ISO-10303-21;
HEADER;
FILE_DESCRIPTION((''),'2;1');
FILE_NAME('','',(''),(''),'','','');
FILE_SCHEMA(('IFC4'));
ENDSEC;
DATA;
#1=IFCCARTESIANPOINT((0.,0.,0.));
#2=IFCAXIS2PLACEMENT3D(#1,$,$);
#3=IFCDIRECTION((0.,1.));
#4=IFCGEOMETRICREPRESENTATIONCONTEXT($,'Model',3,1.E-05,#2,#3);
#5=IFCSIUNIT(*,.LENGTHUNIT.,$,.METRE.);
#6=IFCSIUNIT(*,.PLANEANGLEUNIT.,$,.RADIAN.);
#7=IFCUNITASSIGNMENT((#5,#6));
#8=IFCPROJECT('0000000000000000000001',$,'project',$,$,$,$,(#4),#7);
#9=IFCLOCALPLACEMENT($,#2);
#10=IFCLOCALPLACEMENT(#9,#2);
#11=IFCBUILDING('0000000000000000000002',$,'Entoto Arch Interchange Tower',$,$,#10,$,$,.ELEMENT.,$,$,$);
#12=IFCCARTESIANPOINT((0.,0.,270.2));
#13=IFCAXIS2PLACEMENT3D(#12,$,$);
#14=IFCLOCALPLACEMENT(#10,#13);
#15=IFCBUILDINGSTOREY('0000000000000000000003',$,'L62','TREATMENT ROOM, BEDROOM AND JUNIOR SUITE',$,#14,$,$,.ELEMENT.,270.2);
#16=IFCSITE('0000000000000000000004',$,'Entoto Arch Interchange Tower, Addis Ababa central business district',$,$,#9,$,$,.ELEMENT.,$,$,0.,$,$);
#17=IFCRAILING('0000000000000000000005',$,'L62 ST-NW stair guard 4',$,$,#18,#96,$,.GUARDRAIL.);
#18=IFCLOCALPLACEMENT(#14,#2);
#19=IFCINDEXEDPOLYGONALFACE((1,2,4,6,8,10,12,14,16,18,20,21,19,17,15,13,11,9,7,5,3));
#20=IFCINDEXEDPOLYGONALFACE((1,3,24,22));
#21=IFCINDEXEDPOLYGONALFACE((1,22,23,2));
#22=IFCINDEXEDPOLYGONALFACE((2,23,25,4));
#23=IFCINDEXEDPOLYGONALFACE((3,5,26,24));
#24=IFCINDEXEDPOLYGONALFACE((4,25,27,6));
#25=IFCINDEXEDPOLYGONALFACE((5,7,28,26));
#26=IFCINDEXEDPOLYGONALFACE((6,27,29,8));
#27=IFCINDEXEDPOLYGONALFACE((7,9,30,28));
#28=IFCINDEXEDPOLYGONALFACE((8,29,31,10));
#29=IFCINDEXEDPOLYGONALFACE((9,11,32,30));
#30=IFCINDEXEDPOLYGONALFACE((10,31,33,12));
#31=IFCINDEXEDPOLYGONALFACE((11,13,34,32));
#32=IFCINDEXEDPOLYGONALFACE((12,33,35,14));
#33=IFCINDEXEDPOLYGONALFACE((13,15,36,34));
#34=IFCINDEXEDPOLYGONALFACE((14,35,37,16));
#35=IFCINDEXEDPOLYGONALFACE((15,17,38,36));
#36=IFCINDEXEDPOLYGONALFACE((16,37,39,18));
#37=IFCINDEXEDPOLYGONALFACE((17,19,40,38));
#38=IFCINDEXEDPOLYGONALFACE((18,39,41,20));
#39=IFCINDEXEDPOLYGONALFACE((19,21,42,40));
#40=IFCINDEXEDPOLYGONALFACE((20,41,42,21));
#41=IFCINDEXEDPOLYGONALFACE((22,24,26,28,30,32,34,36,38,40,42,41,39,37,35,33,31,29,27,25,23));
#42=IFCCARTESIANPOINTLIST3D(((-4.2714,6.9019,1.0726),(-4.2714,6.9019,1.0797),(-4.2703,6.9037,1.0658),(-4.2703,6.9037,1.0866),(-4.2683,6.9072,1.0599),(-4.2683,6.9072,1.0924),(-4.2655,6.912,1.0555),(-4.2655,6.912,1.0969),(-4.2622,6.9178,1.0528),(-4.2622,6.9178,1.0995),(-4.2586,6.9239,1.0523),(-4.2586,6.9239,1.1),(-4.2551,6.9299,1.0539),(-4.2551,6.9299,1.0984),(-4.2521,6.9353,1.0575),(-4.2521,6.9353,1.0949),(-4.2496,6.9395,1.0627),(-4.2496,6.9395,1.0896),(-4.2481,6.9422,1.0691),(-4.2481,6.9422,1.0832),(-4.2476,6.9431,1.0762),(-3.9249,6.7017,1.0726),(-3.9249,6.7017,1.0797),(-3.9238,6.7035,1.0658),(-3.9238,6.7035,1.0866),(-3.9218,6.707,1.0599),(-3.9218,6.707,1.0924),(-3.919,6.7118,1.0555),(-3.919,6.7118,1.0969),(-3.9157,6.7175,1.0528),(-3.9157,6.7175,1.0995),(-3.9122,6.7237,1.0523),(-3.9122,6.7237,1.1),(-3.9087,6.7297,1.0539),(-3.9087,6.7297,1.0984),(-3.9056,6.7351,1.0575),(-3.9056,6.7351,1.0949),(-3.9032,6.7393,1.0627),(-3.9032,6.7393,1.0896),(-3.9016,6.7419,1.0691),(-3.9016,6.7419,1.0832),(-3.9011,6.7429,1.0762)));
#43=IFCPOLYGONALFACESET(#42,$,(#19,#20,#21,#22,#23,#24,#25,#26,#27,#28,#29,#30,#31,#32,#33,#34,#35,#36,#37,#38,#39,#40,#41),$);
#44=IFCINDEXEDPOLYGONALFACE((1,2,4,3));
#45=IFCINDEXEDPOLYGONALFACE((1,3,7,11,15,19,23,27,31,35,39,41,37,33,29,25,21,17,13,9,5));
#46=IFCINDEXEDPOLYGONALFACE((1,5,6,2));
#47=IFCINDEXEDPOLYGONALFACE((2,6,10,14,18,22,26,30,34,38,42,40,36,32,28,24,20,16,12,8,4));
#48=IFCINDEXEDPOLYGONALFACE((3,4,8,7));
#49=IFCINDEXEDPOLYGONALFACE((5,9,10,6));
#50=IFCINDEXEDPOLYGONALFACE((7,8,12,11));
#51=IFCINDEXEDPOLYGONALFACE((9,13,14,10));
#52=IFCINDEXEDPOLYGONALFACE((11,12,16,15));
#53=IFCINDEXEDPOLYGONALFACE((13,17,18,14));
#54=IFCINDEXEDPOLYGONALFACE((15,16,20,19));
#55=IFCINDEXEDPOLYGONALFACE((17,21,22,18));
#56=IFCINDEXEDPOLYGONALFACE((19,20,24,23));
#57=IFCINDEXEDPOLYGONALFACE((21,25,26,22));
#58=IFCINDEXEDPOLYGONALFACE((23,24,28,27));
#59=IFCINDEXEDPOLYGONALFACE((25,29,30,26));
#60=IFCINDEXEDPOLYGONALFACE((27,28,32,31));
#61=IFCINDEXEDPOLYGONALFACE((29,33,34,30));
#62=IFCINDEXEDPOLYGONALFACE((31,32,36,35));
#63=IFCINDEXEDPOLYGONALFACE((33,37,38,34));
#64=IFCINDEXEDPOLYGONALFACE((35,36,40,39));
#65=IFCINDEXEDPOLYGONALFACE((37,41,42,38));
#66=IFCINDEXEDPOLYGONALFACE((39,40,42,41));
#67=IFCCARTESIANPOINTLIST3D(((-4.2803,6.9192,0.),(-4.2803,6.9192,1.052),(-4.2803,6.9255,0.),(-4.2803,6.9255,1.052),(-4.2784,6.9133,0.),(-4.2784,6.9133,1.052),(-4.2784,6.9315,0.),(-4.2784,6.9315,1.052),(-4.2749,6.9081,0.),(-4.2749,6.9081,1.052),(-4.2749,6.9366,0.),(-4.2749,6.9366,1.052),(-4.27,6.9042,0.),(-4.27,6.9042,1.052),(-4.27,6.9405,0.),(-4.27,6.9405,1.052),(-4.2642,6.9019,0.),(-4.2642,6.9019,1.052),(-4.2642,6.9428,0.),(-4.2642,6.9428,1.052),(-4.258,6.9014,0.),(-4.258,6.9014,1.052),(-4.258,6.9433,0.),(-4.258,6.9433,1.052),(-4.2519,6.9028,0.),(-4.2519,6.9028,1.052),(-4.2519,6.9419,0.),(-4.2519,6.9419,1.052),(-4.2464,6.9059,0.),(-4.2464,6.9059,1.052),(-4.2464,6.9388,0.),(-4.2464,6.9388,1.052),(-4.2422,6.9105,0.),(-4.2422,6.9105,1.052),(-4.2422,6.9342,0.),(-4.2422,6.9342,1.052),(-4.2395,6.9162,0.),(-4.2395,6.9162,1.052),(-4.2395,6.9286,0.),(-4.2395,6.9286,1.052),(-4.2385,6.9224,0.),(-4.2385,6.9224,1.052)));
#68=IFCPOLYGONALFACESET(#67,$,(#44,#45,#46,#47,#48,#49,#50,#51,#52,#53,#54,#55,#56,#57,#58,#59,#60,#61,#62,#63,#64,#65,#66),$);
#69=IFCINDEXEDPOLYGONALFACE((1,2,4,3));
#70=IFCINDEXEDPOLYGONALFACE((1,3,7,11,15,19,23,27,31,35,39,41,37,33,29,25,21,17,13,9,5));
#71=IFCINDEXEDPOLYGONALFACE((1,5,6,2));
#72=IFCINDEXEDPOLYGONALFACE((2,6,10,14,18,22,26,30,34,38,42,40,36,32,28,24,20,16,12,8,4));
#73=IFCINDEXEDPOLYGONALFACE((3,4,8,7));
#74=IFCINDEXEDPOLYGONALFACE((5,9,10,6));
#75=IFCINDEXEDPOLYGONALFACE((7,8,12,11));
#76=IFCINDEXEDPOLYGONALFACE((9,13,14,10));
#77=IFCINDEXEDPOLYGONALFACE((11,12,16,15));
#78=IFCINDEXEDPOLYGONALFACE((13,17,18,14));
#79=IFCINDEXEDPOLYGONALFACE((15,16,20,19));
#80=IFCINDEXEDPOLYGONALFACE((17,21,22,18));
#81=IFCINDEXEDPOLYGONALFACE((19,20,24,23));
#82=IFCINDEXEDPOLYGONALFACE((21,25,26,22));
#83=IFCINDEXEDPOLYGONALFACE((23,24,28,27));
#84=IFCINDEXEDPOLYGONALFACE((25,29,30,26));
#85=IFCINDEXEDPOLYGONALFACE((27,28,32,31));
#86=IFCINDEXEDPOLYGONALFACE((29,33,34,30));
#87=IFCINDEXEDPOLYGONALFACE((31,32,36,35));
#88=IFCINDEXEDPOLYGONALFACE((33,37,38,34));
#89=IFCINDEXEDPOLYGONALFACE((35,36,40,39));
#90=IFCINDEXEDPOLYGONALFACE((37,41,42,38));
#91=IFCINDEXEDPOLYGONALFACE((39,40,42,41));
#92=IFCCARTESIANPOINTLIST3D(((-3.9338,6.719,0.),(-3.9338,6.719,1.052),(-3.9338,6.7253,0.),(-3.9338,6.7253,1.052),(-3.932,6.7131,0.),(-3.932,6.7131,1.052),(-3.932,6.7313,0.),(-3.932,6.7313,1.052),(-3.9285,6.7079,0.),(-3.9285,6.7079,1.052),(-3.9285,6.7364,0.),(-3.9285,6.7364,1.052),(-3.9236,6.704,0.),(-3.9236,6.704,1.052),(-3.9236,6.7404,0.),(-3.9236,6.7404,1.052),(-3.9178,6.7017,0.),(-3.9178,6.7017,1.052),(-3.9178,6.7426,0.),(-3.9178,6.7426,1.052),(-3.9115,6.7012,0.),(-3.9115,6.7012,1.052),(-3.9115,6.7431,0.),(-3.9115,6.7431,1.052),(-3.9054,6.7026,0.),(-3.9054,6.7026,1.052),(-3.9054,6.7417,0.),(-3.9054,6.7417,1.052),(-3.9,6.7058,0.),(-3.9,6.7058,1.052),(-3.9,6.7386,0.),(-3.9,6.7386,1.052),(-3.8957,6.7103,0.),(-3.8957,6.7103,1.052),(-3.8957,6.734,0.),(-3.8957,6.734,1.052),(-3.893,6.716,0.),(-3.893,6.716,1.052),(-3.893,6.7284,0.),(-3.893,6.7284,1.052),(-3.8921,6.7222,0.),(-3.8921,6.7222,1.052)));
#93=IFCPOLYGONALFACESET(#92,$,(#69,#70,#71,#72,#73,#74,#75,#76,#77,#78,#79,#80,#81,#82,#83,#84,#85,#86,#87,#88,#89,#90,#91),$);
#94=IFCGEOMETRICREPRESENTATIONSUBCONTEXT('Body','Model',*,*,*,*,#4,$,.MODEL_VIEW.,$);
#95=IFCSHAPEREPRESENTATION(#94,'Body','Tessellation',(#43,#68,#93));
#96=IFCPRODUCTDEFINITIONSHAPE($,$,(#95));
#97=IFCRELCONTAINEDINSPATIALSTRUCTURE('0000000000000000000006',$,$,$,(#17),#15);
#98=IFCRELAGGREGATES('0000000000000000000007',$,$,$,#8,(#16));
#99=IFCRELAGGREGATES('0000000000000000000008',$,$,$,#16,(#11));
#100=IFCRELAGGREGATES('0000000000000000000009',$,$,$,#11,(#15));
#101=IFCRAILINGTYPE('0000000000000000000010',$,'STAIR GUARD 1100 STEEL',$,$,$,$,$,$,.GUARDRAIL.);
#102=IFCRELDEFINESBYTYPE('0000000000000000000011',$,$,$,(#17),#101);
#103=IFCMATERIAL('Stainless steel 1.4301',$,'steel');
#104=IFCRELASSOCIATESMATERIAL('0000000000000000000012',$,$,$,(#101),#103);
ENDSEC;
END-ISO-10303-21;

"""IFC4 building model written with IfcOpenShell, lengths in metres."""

from ifc_helpers import new_model, si_unit, direction, frame, origin, origin_2d, place, context, subcontext, project, spatial, circle, extrude, material, type_object, element, save


model = new_model("IFC4")

# Units and contexts
model_context = context("Model", 3, precision=1e-05, world=origin(), true_north=direction((0.0, 1.0)))
body_context = subcontext(model_context, "Body", "Model", "MODEL_VIEW")
ifc_project = project(units=[si_unit("LENGTHUNIT", "METRE"), si_unit("PLANEANGLEUNIT", "RADIAN")], contexts=[model_context])

# Site, building, storey
site_placement = place(None, origin())
site = spatial("IfcSite", under=ifc_project, at=site_placement, Name="Entoto Arch Interchange Tower, Addis Ababa central business district", CompositionType="ELEMENT", RefElevation=0.0)
building_placement = place(site_placement, origin())
building = spatial("IfcBuilding", under=site, at=building_placement, Name="Entoto Arch Interchange Tower", CompositionType="ELEMENT")
storey_placement = place(building_placement, frame((0.0, 0.0, 270.2)))
storey = spatial("IfcBuildingStorey", under=building, at=storey_placement, Name="L62", Description="TREATMENT ROOM, BEDROOM AND JUNIOR SUITE", CompositionType="ELEMENT", Elevation=270.2)

# Railing
ifc_material_1 = material(Name="Stainless steel 1.4301", Category="steel")
railing_type_1 = type_object("IfcRailingType", Name="STAIR GUARD 1100 STEEL", PredefinedType="GUARDRAIL", material=ifc_material_1)
railing_1_placement = place(storey_placement, frame((-4.2595, 6.9224, 0.0)))
element("IfcRailing", 1, at=railing_1_placement, inside=storey, type_object=railing_type_1, Name="L62 ST-NW stair guard 4", PredefinedType="GUARDRAIL", context=body_context, shape_type="SweptSolid", body=[
    extrude(circle(Radius=0.0239, at=origin_2d()), frame((0.0, 0.0, 1.0762), z_axis=(0.86583, -0.500339, 0.0), x_axis=(0.500339, 0.86583, 0.0)), (0.0, 0.0, 1.0), 0.4001),
    extrude(circle(Radius=0.021, at=origin_2d()), origin(), (0.0, 0.0, 1.0), 1.052),
    extrude(circle(Radius=0.021, at=origin_2d()), frame((0.3464, -0.2002, 0.0)), (0.0, 0.0, 1.0), 1.052),
])

save(model, "model.ifc")
